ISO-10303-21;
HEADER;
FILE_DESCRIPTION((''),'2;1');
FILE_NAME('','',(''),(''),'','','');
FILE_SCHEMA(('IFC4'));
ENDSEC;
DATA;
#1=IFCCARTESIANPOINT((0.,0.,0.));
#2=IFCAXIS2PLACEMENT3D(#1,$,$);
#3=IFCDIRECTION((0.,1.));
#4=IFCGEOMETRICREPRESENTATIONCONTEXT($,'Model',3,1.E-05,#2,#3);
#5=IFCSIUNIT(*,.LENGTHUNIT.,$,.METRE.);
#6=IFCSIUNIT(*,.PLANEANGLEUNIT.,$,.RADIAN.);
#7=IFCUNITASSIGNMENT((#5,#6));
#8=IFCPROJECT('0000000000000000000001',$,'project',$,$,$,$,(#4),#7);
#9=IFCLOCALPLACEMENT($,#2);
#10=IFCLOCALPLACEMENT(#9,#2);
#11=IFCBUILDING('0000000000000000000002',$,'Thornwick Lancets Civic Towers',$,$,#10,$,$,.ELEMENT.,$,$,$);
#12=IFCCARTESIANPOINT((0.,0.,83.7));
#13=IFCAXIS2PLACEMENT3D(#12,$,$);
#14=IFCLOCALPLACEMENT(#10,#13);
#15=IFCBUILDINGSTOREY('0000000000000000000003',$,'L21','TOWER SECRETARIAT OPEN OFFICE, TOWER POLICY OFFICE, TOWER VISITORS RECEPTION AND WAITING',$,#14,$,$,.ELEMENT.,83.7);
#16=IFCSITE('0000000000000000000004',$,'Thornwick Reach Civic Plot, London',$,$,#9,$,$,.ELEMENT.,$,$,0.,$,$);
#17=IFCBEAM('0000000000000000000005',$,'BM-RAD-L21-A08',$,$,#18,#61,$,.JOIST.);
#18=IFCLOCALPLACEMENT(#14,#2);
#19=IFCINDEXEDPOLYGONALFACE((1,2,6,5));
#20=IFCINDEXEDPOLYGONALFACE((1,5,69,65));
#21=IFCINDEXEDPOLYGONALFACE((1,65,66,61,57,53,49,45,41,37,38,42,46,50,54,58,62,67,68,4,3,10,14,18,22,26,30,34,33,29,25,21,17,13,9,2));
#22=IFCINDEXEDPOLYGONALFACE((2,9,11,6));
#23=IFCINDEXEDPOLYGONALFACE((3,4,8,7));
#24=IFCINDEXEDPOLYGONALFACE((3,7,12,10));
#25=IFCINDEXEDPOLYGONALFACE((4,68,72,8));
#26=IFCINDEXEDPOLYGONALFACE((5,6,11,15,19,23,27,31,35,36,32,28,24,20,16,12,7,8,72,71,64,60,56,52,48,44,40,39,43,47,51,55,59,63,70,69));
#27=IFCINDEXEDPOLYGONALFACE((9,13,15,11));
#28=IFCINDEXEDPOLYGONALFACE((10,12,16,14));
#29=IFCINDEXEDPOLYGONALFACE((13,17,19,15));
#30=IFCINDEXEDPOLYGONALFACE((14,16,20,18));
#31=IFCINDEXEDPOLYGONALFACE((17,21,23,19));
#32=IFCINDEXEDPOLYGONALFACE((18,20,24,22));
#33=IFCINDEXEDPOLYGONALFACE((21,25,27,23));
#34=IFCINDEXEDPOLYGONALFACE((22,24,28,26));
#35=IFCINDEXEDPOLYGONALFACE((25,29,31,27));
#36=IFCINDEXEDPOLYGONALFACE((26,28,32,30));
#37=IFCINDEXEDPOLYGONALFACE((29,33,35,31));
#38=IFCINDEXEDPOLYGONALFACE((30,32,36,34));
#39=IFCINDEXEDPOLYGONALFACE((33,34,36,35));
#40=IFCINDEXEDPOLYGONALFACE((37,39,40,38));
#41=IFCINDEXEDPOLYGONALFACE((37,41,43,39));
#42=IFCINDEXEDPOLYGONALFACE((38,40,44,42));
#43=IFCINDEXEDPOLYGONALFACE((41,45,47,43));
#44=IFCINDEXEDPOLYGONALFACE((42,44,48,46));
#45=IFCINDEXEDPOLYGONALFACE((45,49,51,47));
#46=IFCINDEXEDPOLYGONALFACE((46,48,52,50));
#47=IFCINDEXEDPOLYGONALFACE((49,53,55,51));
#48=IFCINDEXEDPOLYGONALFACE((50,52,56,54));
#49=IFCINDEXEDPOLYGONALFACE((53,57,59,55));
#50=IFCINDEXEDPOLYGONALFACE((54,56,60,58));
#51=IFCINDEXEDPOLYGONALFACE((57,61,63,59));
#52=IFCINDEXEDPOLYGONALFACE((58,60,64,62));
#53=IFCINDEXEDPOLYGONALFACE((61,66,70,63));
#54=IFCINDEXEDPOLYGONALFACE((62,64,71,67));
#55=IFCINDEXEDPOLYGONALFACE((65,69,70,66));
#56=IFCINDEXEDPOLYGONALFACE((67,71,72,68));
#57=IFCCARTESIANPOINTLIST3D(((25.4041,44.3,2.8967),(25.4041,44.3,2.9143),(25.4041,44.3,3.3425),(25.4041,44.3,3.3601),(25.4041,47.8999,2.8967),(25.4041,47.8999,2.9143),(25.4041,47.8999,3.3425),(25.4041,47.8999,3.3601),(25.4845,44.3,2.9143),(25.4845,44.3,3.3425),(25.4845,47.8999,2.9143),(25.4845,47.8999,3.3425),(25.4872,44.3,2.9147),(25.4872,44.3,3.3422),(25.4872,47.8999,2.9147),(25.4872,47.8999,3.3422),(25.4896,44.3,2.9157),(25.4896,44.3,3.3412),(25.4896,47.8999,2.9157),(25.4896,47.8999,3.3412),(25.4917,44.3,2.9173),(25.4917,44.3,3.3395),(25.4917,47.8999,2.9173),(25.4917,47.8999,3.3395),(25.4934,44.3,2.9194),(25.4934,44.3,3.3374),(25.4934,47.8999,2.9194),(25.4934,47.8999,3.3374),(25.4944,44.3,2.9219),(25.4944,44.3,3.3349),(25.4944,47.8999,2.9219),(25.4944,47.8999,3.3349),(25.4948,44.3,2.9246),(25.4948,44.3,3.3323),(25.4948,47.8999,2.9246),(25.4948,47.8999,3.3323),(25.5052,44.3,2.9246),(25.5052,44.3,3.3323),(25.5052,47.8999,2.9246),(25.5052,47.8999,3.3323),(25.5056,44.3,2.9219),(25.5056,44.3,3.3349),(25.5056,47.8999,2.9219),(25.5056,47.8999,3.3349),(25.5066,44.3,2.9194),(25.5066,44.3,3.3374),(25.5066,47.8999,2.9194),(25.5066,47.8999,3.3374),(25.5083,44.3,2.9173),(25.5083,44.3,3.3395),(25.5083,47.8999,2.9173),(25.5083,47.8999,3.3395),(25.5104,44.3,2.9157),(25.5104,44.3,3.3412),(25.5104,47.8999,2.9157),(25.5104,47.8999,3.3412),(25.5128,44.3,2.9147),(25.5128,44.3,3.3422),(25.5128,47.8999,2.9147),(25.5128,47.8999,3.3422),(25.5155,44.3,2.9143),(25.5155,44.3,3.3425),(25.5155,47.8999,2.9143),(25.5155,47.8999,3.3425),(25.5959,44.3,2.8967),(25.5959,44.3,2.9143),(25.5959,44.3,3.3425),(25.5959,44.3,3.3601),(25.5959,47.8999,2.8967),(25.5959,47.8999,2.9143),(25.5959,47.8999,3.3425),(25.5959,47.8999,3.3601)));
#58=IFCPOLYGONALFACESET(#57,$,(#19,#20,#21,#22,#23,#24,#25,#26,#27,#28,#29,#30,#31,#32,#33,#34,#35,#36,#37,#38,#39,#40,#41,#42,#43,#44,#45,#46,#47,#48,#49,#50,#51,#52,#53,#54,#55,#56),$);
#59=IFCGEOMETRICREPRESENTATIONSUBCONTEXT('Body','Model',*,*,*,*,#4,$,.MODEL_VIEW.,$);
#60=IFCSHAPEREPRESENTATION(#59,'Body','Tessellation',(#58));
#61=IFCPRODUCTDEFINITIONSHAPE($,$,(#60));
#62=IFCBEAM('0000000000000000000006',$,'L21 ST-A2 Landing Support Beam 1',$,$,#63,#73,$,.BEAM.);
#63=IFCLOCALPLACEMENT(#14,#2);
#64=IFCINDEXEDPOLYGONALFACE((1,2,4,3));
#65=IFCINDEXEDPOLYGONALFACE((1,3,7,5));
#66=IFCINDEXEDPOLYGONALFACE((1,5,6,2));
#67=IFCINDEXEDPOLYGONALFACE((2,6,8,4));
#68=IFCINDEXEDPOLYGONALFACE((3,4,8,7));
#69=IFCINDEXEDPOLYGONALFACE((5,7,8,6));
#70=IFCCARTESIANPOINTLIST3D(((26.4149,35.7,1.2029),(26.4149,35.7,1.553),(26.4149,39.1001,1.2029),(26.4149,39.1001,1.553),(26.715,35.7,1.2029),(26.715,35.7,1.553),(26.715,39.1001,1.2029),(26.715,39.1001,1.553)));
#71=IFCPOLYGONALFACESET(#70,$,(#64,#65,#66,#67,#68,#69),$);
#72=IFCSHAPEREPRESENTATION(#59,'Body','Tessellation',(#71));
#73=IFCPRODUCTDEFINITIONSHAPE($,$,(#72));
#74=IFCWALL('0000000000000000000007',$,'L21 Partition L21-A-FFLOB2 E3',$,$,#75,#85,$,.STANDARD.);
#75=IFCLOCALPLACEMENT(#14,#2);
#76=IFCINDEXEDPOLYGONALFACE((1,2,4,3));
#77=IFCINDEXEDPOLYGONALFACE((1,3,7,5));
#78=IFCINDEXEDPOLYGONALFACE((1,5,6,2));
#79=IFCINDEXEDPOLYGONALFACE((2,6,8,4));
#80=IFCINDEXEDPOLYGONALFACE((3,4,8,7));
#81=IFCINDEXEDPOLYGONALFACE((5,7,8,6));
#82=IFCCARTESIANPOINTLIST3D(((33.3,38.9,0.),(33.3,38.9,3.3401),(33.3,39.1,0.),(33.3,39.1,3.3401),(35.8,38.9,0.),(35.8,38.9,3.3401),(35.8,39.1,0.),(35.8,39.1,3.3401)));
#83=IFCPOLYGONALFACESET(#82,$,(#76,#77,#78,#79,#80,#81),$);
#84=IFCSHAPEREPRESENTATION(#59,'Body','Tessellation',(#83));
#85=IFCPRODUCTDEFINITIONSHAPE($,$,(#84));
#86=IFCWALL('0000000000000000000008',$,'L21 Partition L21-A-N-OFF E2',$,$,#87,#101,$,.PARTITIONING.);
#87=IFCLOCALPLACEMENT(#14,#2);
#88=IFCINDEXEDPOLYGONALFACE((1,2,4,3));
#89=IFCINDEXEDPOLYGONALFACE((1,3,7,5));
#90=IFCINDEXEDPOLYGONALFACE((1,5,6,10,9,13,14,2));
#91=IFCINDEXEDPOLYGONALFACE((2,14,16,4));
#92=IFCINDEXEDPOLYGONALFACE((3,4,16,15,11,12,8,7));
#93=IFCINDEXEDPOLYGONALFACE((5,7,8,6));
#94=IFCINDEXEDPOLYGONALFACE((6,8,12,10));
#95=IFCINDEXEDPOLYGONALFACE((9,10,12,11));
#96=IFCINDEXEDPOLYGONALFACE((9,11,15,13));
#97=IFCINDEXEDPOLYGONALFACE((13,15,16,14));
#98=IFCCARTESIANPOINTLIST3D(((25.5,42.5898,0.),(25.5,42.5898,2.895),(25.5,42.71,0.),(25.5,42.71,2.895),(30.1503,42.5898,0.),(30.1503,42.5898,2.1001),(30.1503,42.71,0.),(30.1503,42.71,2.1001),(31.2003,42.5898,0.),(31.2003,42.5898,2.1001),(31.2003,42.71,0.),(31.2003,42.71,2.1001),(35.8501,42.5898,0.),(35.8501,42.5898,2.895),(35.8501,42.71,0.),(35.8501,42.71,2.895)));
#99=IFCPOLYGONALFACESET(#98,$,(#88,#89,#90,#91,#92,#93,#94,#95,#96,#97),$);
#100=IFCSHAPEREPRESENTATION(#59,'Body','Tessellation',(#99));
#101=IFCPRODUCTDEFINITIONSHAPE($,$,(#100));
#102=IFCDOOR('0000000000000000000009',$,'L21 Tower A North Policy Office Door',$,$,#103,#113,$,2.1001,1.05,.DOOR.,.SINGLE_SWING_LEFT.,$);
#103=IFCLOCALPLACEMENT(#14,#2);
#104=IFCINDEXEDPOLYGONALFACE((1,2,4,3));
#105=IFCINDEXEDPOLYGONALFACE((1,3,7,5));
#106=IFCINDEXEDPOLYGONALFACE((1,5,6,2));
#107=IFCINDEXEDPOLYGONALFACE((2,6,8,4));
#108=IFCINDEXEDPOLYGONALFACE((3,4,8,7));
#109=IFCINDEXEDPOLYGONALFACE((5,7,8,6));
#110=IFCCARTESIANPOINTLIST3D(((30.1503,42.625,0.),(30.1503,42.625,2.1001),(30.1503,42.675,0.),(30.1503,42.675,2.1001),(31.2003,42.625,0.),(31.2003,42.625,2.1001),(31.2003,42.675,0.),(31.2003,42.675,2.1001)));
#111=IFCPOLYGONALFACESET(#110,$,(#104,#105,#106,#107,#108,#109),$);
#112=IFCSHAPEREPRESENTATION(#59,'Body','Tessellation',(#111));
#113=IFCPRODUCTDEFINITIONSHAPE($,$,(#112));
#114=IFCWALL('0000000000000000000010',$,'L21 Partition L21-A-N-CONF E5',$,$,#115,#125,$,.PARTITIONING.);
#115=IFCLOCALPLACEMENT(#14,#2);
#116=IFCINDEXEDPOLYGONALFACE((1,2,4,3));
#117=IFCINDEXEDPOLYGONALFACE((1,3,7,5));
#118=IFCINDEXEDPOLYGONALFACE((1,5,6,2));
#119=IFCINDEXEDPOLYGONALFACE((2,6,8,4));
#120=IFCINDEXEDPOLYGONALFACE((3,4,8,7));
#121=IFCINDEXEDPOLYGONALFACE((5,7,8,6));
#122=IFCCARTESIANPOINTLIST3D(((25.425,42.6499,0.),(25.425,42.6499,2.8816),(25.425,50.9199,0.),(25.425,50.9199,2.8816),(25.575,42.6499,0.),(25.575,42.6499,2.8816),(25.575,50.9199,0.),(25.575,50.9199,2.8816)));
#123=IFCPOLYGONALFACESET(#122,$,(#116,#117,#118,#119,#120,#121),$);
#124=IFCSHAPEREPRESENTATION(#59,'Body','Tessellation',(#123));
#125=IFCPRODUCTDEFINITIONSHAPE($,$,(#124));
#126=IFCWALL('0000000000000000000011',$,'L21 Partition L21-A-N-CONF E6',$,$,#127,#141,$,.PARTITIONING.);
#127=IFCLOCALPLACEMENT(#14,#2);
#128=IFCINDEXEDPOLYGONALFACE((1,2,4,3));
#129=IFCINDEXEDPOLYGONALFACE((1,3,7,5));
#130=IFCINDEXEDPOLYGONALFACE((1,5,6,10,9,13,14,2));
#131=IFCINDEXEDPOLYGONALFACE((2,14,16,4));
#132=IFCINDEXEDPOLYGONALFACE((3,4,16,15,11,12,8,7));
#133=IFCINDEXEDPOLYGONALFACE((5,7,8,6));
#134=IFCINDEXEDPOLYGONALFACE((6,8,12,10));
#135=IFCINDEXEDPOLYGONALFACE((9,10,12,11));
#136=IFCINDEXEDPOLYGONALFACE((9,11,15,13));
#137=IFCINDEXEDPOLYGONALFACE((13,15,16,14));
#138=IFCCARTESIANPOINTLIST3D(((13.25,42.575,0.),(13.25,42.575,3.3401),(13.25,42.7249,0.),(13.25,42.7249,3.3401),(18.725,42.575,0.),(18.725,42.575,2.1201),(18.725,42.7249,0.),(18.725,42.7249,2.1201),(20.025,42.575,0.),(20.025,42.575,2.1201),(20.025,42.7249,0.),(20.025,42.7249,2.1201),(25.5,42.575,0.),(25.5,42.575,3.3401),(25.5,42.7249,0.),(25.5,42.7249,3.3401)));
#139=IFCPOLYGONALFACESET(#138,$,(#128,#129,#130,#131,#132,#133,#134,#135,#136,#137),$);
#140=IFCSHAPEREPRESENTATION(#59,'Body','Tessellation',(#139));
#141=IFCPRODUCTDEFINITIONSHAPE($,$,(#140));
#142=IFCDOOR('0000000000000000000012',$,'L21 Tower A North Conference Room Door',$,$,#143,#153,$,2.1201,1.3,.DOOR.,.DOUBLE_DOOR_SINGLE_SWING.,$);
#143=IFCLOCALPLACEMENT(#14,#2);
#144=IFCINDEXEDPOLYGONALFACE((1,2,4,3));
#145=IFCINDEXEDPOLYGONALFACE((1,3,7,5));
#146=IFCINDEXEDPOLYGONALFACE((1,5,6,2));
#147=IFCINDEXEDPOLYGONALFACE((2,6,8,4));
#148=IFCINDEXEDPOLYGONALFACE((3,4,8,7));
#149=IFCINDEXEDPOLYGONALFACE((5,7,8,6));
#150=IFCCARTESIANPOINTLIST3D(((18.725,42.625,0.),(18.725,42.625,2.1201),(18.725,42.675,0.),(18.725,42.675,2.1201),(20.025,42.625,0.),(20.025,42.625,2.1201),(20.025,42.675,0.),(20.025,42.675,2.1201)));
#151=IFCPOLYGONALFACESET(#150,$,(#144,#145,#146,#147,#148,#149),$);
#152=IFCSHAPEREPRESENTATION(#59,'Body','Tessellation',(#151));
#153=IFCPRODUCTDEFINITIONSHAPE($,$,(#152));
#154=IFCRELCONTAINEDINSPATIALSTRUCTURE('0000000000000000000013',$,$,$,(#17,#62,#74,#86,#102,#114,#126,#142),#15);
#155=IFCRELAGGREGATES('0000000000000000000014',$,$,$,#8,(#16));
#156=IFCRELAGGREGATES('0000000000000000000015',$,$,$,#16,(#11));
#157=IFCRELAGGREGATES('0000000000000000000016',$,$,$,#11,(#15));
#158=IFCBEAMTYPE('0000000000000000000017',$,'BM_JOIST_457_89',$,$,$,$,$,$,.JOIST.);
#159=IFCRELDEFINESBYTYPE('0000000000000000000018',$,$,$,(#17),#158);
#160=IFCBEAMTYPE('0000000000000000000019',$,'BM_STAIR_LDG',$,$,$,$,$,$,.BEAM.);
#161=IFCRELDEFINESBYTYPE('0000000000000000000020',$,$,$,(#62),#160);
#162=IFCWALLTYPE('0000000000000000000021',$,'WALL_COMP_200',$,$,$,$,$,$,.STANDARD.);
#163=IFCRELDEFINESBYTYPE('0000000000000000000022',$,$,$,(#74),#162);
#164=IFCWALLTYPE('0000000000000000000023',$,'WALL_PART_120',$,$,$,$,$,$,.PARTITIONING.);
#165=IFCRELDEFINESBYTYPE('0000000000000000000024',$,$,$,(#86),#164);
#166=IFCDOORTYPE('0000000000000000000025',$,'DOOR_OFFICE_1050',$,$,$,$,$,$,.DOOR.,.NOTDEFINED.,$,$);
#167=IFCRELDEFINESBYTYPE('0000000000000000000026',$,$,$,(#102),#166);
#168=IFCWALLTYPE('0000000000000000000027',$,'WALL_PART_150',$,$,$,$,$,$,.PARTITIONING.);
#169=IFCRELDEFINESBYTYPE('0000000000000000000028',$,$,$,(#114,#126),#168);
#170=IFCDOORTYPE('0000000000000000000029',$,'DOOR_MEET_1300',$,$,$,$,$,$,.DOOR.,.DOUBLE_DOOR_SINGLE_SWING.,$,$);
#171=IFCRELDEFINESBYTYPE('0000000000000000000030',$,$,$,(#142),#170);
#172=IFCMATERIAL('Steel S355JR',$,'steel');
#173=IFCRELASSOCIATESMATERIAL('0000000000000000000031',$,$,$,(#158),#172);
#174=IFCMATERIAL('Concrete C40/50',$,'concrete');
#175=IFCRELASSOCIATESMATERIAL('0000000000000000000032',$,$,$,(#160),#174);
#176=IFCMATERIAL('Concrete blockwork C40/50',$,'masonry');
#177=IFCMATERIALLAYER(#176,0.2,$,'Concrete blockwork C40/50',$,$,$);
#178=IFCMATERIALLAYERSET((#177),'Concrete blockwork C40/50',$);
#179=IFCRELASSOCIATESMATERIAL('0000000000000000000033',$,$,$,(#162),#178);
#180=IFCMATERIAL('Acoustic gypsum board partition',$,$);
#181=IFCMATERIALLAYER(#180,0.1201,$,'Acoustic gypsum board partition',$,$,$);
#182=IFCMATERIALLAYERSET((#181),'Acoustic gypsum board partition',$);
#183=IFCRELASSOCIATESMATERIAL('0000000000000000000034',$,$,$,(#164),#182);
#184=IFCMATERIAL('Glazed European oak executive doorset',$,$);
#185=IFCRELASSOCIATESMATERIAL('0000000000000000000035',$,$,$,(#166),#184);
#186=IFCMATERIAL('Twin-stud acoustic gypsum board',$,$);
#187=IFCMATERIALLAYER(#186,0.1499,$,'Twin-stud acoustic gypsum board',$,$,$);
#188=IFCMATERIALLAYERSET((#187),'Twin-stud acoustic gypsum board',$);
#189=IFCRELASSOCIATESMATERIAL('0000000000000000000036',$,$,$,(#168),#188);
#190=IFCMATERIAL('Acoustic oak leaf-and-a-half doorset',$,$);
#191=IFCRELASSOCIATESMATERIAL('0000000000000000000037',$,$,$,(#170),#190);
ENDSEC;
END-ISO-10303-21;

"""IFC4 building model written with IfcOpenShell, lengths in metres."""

from ifc_helpers import new_model, si_unit, direction, frame, frame_2d, origin, origin_2d, place, context, subcontext, project, spatial, rectangle, i_section, extrude, material, layer, layer_set, material_profile, profile_set, type_object, element, fill, save


model = new_model("IFC4")

# Units and contexts
model_context = context("Model", 3, precision=1e-05, world=origin(), true_north=direction((0.0, 1.0)))
body_context = subcontext(model_context, "Body", "Model", "MODEL_VIEW")
ifc_project = project(units=[si_unit("LENGTHUNIT", "METRE"), si_unit("PLANEANGLEUNIT", "RADIAN")], contexts=[model_context])

# Site, building, storey
site_placement = place(None, origin())
site = spatial("IfcSite", under=ifc_project, at=site_placement, Name="Thornwick Reach Civic Plot, London", CompositionType="ELEMENT", RefElevation=0.0)
building_placement = place(site_placement, origin())
building = spatial("IfcBuilding", under=site, at=building_placement, Name="Thornwick Lancets Civic Towers", CompositionType="ELEMENT")
storey_placement = place(building_placement, frame((0.0, 0.0, 83.7)))
storey = spatial("IfcBuildingStorey", under=building, at=storey_placement, Name="L21", Description="TOWER SECRETARIAT OPEN OFFICE, TOWER POLICY OFFICE, TOWER VISITORS RECEPTION AND WAITING", CompositionType="ELEMENT", Elevation=83.7)

# Beams
ifc_material_1 = material(Name="Steel S355JR", Category="steel")
ifc_material_profile_1 = material_profile(ifc_material_1, i_section(OverallWidth=0.1919, OverallDepth=0.4634, WebThickness=0.0105, FlangeThickness=0.0176, FilletRadius=0.0103, at=origin_2d()), Name="UKB 457x191x89")
ifc_profile_set_1 = profile_set([ifc_material_profile_1], Name="Steel S355JR")
beam_type_1 = type_object("IfcBeamType", Name="BM_JOIST_457_89", PredefinedType="JOIST", material=ifc_profile_set_1)
beam_1_placement = place(storey_placement, frame((25.5, 44.3, 3.1284), z_axis=(0.0, 1.0, 0.0), x_axis=(-1.0, 0.0, 0.0)))
element("IfcBeam", 1, at=beam_1_placement, inside=storey, type_object=beam_type_1, Name="BM-RAD-L21-A08", PredefinedType="JOIST", context=body_context, shape_type="SweptSolid", body=[
    extrude(i_section(OverallWidth=0.1919, OverallDepth=0.4634, WebThickness=0.0105, FlangeThickness=0.0176, FilletRadius=0.0103, at=origin_2d()), origin(), (0.0, 0.0, 1.0), 3.5999),
])
ifc_material_2 = material(Name="Concrete C40/50", Category="concrete")
ifc_material_profile_2 = material_profile(ifc_material_2, rectangle(XDim=0.3, YDim=0.3501, at=origin_2d()), Name="RC 300x350")
ifc_profile_set_2 = profile_set([ifc_material_profile_2], Name="Concrete C40/50")
beam_type_2 = type_object("IfcBeamType", Name="BM_STAIR_LDG", PredefinedType="BEAM", material=ifc_profile_set_2)
beam_2_placement = place(storey_placement, frame((26.5649, 39.1001, 1.3779), z_axis=(0.0, -1.0, 0.0), x_axis=(1.0, 0.0, 0.0)))
element("IfcBeam", 2, at=beam_2_placement, inside=storey, type_object=beam_type_2, Name="L21 ST-A2 Landing Support Beam 1", PredefinedType="BEAM", context=body_context, shape_type="SweptSolid", body=[
    extrude(rectangle(XDim=0.3, YDim=0.3501, at=origin_2d()), origin(), (0.0, 0.0, 1.0), 3.4001),
])

# Wall
ifc_material_3 = material(Name="Concrete blockwork C40/50", Category="masonry")
ifc_layer_1 = layer(ifc_material_3, 0.2, Name="Concrete blockwork C40/50")
ifc_layer_set_1 = layer_set([ifc_layer_1], Name="Concrete blockwork C40/50")
wall_type_1 = type_object("IfcWallType", Name="WALL_COMP_200", PredefinedType="STANDARD", material=ifc_layer_set_1)
wall_1_placement = place(storey_placement, frame((35.8, 39.0, 0.0), z_axis=(0.0, 0.0, 1.0), x_axis=(-1.0, 0.0, 0.0)))
element("IfcWall", 3, at=wall_1_placement, inside=storey, type_object=wall_type_1, Name="L21 Partition L21-A-FFLOB2 E3", PredefinedType="STANDARD", context=body_context, shape_type="SweptSolid", body=[
    extrude(rectangle(XDim=2.5, YDim=0.2, at=frame_2d((1.25, 0.0))), origin(), (0.0, 0.0, 1.0), 3.3401),
])

# Wall, opening, door
ifc_material_4 = material(Name="Acoustic gypsum board partition")
ifc_layer_2 = layer(ifc_material_4, 0.1201, Name="Acoustic gypsum board partition")
ifc_layer_set_2 = layer_set([ifc_layer_2], Name="Acoustic gypsum board partition")
wall_type_2 = type_object("IfcWallType", Name="WALL_PART_120", PredefinedType="PARTITIONING", material=ifc_layer_set_2)
wall_2_placement = place(storey_placement, frame((35.8501, 42.6499, 0.0), z_axis=(0.0, 0.0, 1.0), x_axis=(-1.0, 0.0, 0.0)))
wall_2 = element("IfcWall", 4, at=wall_2_placement, inside=storey, type_object=wall_type_2, Name="L21 Partition L21-A-N-OFF E2", PredefinedType="PARTITIONING", context=body_context, shape_type="SweptSolid", body=[
    extrude(rectangle(XDim=10.3501, YDim=0.1201, at=frame_2d((5.175, 0.0))), origin(), (0.0, 0.0, 1.0), 2.895),
])
opening_1_placement = place(wall_2_placement, frame((4.6499, 0.0, 0.0)))
opening_1 = element("IfcOpeningElement", 5, at=opening_1_placement, cuts=wall_2, PredefinedType="OPENING", context=body_context, shape_type="SweptSolid", body=[
    extrude(rectangle(XDim=1.05, YDim=2.1001, at=frame_2d((0.5249, 1.05))), frame((0.0, 0.0701, 0.0), z_axis=(0.0, -1.0, 0.0), x_axis=(1.0, 0.0, 0.0)), (0.0, 0.0, 1.0), 0.1401),
])
ifc_material_5 = material(Name="Glazed European oak executive doorset")
door_type_1 = type_object("IfcDoorType", Name="DOOR_OFFICE_1050", OperationType="NOTDEFINED", PredefinedType="DOOR", material=ifc_material_5)
door_1_placement = place(opening_1_placement, origin())
door_1 = element("IfcDoor", 6, at=door_1_placement, inside=storey, type_object=door_type_1, Name="L21 Tower A North Policy Office Door", OperationType="SINGLE_SWING_LEFT", OverallHeight=2.1001, OverallWidth=1.05, PredefinedType="DOOR", context=body_context, shape_type="SweptSolid", body=[
    extrude(rectangle(XDim=1.05, YDim=2.1001, at=frame_2d((0.5249, 1.05))), frame((0.0, 0.0249, 0.0), z_axis=(0.0, -1.0, 0.0), x_axis=(1.0, 0.0, 0.0)), (0.0, 0.0, 1.0), 0.05),
])
fill(opening_1, door_1)

# Wall
ifc_material_6 = material(Name="Twin-stud acoustic gypsum board")
ifc_layer_3 = layer(ifc_material_6, 0.1499, Name="Twin-stud acoustic gypsum board")
ifc_layer_set_3 = layer_set([ifc_layer_3], Name="Twin-stud acoustic gypsum board")
wall_type_3 = type_object("IfcWallType", Name="WALL_PART_150", PredefinedType="PARTITIONING", material=ifc_layer_set_3)
wall_3_placement = place(storey_placement, frame((25.5, 50.9199, 0.0), z_axis=(0.0, 0.0, 1.0), x_axis=(0.0, -1.0, 0.0)))
element("IfcWall", 7, at=wall_3_placement, inside=storey, type_object=wall_type_3, Name="L21 Partition L21-A-N-CONF E5", PredefinedType="PARTITIONING", context=body_context, shape_type="SweptSolid", body=[
    extrude(rectangle(XDim=8.27, YDim=0.1499, at=frame_2d((4.135, 0.0))), origin(), (0.0, 0.0, 1.0), 2.8816),
])

# Wall, opening, door
wall_4_placement = place(storey_placement, frame((25.5, 42.6499, 0.0), z_axis=(0.0, 0.0, 1.0), x_axis=(-1.0, 0.0, 0.0)))
wall_4 = element("IfcWall", 8, at=wall_4_placement, inside=storey, type_object=wall_type_3, Name="L21 Partition L21-A-N-CONF E6", PredefinedType="PARTITIONING", context=body_context, shape_type="SweptSolid", body=[
    extrude(rectangle(XDim=12.25, YDim=0.1499, at=frame_2d((6.125, 0.0))), origin(), (0.0, 0.0, 1.0), 3.3401),
])
opening_2_placement = place(wall_4_placement, frame((5.4751, 0.0, 0.0)))
opening_2 = element("IfcOpeningElement", 9, at=opening_2_placement, cuts=wall_4, PredefinedType="OPENING", context=body_context, shape_type="SweptSolid", body=[
    extrude(rectangle(XDim=1.3, YDim=2.1201, at=frame_2d((0.6499, 1.0601))), frame((0.0, 0.085, 0.0), z_axis=(0.0, -1.0, 0.0), x_axis=(1.0, 0.0, 0.0)), (0.0, 0.0, 1.0), 0.1699),
])
ifc_material_7 = material(Name="Acoustic oak leaf-and-a-half doorset")
door_type_2 = type_object("IfcDoorType", Name="DOOR_MEET_1300", OperationType="DOUBLE_DOOR_SINGLE_SWING", PredefinedType="DOOR", material=ifc_material_7)
door_2_placement = place(opening_2_placement, origin())
door_2 = element("IfcDoor", 10, at=door_2_placement, inside=storey, type_object=door_type_2, Name="L21 Tower A North Conference Room Door", OperationType="DOUBLE_DOOR_SINGLE_SWING", OverallHeight=2.1201, OverallWidth=1.3, PredefinedType="DOOR", context=body_context, shape_type="SweptSolid", body=[
    extrude(rectangle(XDim=1.3, YDim=2.1201, at=frame_2d((0.6499, 1.0601))), frame((0.0, 0.0249, 0.0), z_axis=(0.0, -1.0, 0.0), x_axis=(1.0, 0.0, 0.0)), (0.0, 0.0, 1.0), 0.05),
])
fill(opening_2, door_2)

save(model, "model.ifc")
